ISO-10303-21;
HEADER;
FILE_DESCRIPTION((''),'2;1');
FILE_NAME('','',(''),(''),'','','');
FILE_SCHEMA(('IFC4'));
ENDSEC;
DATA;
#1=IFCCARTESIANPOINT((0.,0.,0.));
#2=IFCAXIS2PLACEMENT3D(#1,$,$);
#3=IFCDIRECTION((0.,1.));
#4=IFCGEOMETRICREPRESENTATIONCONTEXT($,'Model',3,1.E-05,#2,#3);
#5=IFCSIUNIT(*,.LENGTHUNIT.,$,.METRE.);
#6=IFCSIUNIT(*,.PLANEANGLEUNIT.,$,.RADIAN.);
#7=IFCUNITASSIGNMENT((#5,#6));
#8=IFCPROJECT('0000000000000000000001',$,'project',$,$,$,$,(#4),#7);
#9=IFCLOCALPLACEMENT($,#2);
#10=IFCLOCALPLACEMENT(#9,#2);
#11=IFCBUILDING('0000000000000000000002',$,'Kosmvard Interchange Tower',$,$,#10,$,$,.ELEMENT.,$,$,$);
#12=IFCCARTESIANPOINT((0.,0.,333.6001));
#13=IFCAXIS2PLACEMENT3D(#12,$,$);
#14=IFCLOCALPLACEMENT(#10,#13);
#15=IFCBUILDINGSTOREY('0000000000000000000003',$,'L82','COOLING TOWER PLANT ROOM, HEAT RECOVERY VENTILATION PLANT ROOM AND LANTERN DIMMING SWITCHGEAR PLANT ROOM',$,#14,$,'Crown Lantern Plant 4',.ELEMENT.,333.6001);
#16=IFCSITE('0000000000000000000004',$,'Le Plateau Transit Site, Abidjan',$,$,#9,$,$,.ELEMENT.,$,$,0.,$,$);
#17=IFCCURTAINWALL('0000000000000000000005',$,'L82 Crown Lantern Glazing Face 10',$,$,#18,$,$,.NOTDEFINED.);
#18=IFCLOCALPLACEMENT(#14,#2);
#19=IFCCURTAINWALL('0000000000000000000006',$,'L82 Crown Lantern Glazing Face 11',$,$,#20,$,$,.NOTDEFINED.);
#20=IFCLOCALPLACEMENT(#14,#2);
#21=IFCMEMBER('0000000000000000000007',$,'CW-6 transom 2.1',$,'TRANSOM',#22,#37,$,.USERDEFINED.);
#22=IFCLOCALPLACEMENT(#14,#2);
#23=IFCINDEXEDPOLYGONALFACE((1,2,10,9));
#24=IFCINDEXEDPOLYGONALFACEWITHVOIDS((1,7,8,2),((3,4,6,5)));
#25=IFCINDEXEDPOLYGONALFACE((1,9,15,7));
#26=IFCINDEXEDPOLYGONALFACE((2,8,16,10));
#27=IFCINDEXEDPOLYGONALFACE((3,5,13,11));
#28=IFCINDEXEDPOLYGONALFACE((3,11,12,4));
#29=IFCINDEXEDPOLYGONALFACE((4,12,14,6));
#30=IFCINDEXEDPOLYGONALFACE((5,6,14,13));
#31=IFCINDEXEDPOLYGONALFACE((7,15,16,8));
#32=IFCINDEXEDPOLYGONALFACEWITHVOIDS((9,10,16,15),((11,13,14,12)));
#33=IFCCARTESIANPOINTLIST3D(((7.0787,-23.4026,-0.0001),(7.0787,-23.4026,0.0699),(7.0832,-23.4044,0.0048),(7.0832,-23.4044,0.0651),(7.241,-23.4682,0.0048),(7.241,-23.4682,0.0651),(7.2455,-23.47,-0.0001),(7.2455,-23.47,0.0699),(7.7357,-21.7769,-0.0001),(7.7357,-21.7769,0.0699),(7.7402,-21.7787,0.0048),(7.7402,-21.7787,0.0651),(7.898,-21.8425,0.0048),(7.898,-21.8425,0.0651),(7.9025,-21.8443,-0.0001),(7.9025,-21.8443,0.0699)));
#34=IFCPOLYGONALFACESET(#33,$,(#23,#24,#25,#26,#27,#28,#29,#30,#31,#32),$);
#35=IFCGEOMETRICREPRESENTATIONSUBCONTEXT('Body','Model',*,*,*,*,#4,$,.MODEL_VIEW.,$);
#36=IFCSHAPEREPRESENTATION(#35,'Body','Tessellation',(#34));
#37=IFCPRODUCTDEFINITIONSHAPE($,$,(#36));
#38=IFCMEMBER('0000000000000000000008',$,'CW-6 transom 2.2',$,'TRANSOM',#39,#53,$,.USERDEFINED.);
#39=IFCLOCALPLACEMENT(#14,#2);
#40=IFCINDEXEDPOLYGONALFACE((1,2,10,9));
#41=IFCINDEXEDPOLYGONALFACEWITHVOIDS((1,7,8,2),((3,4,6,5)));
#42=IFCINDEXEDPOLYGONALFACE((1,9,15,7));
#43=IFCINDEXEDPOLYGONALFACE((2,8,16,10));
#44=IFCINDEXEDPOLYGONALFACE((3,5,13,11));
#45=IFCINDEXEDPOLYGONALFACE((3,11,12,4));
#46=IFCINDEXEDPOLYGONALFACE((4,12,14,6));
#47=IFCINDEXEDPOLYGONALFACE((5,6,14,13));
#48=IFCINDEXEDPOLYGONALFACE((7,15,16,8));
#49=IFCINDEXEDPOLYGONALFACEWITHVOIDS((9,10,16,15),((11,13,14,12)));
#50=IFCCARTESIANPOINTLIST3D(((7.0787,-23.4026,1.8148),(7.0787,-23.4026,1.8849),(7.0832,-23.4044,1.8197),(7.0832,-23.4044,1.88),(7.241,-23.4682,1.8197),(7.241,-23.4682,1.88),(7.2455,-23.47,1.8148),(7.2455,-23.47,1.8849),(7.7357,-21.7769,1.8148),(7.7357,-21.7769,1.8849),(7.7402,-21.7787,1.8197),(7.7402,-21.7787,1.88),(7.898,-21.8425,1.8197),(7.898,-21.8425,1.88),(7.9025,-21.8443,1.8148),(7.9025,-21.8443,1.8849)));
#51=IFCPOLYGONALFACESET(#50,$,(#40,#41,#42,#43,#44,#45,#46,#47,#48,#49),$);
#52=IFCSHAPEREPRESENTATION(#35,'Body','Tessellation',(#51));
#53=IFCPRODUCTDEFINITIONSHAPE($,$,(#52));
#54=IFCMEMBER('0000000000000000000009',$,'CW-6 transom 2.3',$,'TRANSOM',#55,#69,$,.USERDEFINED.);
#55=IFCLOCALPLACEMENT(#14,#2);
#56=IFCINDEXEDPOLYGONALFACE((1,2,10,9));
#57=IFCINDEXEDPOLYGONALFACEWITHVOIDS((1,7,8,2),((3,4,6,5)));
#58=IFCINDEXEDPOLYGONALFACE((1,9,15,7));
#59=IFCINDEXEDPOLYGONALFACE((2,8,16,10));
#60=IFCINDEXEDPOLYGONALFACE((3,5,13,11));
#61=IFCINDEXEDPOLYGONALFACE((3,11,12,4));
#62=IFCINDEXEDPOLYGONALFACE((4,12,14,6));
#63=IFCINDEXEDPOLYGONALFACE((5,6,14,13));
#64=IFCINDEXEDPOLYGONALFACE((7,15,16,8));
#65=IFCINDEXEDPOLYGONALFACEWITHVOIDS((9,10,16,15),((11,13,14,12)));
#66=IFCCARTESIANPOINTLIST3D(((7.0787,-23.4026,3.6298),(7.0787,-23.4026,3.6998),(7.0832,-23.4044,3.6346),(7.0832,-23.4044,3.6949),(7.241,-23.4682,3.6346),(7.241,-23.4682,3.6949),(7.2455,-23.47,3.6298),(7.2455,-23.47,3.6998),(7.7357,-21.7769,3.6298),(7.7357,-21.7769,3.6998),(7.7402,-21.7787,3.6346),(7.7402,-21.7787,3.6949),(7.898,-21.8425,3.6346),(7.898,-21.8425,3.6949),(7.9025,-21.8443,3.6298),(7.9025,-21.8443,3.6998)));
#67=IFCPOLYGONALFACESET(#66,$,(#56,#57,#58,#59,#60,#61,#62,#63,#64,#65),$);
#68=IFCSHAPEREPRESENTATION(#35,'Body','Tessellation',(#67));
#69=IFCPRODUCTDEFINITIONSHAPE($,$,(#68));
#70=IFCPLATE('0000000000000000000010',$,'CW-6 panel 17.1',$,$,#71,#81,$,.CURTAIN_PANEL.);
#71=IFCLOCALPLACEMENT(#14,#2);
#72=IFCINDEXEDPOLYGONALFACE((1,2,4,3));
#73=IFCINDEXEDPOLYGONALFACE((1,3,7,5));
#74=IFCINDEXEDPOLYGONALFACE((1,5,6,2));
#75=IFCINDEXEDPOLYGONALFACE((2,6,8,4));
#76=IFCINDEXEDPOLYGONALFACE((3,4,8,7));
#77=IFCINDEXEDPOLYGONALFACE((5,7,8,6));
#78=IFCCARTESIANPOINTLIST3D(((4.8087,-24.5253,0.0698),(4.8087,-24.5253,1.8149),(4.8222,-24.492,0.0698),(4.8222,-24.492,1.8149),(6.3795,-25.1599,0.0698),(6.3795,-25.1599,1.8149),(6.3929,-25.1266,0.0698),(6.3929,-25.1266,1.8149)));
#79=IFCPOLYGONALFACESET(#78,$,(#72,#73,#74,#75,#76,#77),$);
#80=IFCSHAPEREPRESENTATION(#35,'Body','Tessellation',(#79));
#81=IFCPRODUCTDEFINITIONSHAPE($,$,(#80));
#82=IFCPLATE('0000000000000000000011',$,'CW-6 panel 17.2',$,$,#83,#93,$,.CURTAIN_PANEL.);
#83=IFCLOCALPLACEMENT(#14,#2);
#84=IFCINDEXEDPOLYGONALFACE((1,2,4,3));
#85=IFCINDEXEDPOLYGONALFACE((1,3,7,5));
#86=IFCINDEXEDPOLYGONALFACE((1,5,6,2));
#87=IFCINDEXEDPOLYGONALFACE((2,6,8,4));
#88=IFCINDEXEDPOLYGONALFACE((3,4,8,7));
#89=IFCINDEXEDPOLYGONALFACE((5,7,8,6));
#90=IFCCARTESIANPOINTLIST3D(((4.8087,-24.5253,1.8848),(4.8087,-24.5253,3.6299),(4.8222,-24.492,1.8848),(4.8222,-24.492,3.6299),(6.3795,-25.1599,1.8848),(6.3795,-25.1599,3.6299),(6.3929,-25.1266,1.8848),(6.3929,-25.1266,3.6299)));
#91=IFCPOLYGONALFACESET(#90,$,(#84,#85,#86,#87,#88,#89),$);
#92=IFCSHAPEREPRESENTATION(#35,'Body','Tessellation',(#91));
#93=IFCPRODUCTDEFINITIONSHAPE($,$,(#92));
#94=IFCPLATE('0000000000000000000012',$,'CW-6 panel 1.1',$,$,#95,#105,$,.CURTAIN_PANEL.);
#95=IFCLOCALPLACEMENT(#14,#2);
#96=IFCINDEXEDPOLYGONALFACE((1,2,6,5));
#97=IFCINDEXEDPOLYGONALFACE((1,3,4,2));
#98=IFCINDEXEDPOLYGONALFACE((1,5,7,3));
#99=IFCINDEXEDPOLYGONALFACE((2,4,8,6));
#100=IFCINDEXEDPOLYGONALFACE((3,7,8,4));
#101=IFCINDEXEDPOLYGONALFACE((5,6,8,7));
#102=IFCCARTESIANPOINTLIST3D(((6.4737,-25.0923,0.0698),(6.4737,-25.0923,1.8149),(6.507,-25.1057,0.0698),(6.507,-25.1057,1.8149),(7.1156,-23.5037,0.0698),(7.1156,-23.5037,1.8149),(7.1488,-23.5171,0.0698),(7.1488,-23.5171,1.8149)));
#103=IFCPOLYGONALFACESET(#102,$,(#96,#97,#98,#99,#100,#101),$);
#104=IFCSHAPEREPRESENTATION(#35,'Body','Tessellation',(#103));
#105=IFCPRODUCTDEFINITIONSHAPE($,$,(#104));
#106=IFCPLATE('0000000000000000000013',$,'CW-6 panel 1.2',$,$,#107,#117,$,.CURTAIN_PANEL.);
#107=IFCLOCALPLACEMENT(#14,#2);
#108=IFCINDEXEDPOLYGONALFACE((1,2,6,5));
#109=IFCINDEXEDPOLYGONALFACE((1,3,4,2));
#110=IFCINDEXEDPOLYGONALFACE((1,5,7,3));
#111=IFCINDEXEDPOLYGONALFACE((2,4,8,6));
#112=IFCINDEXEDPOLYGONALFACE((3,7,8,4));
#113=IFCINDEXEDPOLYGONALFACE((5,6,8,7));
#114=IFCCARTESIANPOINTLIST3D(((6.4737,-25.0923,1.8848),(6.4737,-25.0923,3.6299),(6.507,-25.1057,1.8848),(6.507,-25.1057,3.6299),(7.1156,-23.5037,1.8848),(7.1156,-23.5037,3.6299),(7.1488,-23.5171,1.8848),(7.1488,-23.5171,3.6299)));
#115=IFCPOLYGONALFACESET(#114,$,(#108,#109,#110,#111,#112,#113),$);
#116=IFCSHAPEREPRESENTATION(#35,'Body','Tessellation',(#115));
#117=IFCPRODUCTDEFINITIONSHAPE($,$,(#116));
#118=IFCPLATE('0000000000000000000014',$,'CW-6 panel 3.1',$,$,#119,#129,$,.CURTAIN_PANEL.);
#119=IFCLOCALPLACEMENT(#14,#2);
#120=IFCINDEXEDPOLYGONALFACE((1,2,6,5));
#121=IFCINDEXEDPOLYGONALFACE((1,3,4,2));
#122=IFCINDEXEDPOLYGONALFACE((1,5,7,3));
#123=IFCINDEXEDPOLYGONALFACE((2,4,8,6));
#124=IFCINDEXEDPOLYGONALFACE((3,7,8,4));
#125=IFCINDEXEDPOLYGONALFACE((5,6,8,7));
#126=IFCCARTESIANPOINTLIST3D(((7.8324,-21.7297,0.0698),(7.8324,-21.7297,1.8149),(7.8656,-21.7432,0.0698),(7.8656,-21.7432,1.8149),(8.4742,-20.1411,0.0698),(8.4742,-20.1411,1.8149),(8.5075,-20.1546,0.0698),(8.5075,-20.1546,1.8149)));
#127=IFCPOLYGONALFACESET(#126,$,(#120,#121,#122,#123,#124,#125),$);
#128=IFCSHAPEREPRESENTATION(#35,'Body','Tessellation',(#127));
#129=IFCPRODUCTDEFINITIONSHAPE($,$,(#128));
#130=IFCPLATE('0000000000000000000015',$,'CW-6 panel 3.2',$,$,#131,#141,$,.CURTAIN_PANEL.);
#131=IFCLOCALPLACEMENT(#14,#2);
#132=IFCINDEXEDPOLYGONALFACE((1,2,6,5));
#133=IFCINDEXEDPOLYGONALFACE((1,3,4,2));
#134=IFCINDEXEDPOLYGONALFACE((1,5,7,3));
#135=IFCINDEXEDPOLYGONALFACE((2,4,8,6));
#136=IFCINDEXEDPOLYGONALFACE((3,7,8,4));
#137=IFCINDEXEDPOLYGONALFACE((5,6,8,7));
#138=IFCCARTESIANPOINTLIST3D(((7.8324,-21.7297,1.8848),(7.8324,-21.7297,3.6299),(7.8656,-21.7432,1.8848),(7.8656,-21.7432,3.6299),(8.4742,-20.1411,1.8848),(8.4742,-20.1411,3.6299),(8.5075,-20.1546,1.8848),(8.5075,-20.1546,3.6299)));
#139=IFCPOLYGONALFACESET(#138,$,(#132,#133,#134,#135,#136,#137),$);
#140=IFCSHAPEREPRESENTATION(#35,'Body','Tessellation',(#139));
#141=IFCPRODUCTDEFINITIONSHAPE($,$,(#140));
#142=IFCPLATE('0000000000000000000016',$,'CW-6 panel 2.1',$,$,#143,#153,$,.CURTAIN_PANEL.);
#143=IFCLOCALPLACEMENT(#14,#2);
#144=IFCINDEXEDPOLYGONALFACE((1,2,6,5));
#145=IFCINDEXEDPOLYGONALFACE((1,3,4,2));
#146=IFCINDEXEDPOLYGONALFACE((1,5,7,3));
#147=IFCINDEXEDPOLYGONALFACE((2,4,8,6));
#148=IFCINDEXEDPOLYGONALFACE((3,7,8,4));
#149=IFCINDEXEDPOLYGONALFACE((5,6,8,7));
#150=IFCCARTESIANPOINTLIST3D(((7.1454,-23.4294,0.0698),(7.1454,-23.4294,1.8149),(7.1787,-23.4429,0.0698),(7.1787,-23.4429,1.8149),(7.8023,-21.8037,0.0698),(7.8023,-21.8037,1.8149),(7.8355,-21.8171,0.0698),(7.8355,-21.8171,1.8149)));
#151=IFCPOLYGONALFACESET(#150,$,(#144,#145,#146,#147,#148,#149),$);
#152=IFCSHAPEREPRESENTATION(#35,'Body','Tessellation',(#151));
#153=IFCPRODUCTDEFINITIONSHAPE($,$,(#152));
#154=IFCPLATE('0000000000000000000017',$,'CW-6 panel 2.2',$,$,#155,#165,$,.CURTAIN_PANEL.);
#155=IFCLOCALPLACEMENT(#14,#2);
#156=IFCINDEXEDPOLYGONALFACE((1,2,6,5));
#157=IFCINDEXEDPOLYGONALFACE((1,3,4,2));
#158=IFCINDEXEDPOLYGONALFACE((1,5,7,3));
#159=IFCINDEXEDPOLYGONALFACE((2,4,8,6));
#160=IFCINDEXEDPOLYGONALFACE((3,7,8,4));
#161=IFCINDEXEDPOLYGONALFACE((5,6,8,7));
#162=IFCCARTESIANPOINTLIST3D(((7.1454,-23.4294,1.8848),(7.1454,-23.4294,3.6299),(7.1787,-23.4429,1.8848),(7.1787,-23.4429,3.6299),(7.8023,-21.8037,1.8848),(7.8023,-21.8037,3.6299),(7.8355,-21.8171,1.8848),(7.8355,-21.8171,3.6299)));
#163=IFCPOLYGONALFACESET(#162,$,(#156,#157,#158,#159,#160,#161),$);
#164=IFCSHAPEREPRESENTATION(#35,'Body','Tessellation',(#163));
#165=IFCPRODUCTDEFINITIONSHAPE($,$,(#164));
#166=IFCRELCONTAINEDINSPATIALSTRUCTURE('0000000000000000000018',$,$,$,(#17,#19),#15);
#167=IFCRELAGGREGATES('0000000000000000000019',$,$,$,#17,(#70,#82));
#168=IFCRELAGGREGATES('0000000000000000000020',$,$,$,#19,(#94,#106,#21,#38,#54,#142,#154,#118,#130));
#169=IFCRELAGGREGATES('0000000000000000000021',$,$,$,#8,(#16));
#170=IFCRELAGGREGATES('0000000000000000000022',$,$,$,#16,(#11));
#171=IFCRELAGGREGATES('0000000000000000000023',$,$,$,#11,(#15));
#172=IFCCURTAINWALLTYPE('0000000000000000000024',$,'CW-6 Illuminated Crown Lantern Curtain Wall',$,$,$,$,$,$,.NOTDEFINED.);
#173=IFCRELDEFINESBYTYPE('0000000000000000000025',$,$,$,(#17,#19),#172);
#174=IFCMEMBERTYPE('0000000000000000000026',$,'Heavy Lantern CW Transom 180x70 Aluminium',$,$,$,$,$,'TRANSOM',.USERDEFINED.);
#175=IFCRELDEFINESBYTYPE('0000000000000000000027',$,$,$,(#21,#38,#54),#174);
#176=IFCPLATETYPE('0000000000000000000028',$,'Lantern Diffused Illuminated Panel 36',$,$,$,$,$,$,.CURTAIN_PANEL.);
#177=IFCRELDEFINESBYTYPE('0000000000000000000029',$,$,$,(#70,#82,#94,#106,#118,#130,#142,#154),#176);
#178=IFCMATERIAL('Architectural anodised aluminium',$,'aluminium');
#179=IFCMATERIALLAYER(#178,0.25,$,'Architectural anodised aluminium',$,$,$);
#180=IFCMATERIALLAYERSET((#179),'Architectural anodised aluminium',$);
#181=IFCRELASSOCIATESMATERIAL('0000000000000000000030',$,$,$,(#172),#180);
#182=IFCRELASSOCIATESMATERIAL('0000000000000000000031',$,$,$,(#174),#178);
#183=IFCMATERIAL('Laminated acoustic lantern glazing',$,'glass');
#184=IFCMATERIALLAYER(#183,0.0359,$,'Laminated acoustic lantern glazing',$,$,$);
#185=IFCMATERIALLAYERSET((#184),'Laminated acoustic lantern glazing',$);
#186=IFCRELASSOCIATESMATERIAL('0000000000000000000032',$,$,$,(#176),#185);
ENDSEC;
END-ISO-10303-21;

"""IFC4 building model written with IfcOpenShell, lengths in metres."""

from ifc_helpers import new_model, si_unit, direction, frame, origin, origin_2d, place, context, subcontext, project, spatial, rectangle, hollow_rectangle, extrude, source, transform, mapped, material, layer, layer_set, material_profile, profile_set, type_object, element, aggregate, save


model = new_model("IFC4")

# Units and contexts
model_context = context("Model", 3, precision=1e-05, world=origin(), true_north=direction((0.0, 1.0)))
body_context = subcontext(model_context, "Body", "Model", "MODEL_VIEW")
ifc_project = project(units=[si_unit("LENGTHUNIT", "METRE"), si_unit("PLANEANGLEUNIT", "RADIAN")], contexts=[model_context])

# Site, building, storey
site_placement = place(None, origin())
site = spatial("IfcSite", under=ifc_project, at=site_placement, Name="Le Plateau Transit Site, Abidjan", CompositionType="ELEMENT", RefElevation=0.0)
building_placement = place(site_placement, origin())
building = spatial("IfcBuilding", under=site, at=building_placement, Name="Kosmvard Interchange Tower", CompositionType="ELEMENT")
storey_placement = place(building_placement, frame((0.0, 0.0, 333.6001)))
storey = spatial("IfcBuildingStorey", under=building, at=storey_placement, Name="L82", Description="COOLING TOWER PLANT ROOM, HEAT RECOVERY VENTILATION PLANT ROOM AND LANTERN DIMMING SWITCHGEAR PLANT ROOM", LongName="Crown Lantern Plant 4", CompositionType="ELEMENT", Elevation=333.6001)

# Curtain wall
ifc_material_1 = material(Name="Architectural anodised aluminium", Category="aluminium")
ifc_layer_1 = layer(ifc_material_1, 0.25, Name="Architectural anodised aluminium")
ifc_layer_set_1 = layer_set([ifc_layer_1], Name="Architectural anodised aluminium")
curtain_wall_type = type_object("IfcCurtainWallType", Name="CW-6 Illuminated Crown Lantern Curtain Wall", PredefinedType="NOTDEFINED", material=ifc_layer_set_1)
curtain_wall_1_placement = place(storey_placement, origin())
curtain_wall_1 = element("IfcCurtainWall", 1, at=curtain_wall_1_placement, inside=storey, type_object=curtain_wall_type, Name="L82 Crown Lantern Glazing Face 10", PredefinedType="NOTDEFINED")

# Curtain wall, members
curtain_wall_2_placement = place(storey_placement, origin())
curtain_wall_2 = element("IfcCurtainWall", 2, at=curtain_wall_2_placement, inside=storey, type_object=curtain_wall_type, Name="L82 Crown Lantern Glazing Face 11", PredefinedType="NOTDEFINED")
ifc_material_profile_1 = material_profile(ifc_material_1, hollow_rectangle(XDim=0.1799, YDim=0.0701, WallThickness=0.0049, at=origin_2d()), Name="CWT 180x70x5")
ifc_profile_set_1 = profile_set([ifc_material_profile_1], Name="Architectural anodised aluminium")
member_type_1 = type_object("IfcMemberType", Name="Heavy Lantern CW Transom 180x70 Aluminium", ElementType="TRANSOM", PredefinedType="USERDEFINED", material=ifc_profile_set_1)
shared_shape_1 = source(origin(), body_context, "Body", "SweptSolid", [
    extrude(hollow_rectangle(XDim=0.1799, YDim=0.0701, WallThickness=0.0049, at=origin_2d()), origin(), (0.0, 0.0, 1.0), 1.7534),
])
member_1_placement = place(storey_placement, frame((7.1621, -23.4363, 0.0349), z_axis=(0.374677, 0.927155, 0.0), x_axis=(-0.927155, 0.374677, 0.0)))
member_1 = element("IfcMember", 3, at=member_1_placement, type_object=member_type_1, Name="CW-6 transom 2.1", ObjectType="TRANSOM", PredefinedType="USERDEFINED", context=body_context, shape_type="MappedRepresentation", body=[
    mapped(shared_shape_1, transform((0.0, 0.0, 0.0), scale=1.0)),
])
member_2_placement = place(storey_placement, frame((7.1621, -23.4363, 1.8499), z_axis=(0.374677, 0.927155, 0.0), x_axis=(-0.927155, 0.374677, 0.0)))
member_2 = element("IfcMember", 4, at=member_2_placement, type_object=member_type_1, Name="CW-6 transom 2.2", ObjectType="TRANSOM", PredefinedType="USERDEFINED", context=body_context, shape_type="MappedRepresentation", body=[
    mapped(shared_shape_1, transform((0.0, 0.0, 0.0), scale=1.0)),
])
member_3_placement = place(storey_placement, frame((7.1621, -23.4363, 3.6648), z_axis=(0.374677, 0.927155, 0.0), x_axis=(-0.927155, 0.374677, 0.0)))
member_3 = element("IfcMember", 5, at=member_3_placement, type_object=member_type_1, Name="CW-6 transom 2.3", ObjectType="TRANSOM", PredefinedType="USERDEFINED", context=body_context, shape_type="MappedRepresentation", body=[
    mapped(shared_shape_1, transform((0.0, 0.0, 0.0), scale=1.0)),
])

# Plates
ifc_material_2 = material(Name="Laminated acoustic lantern glazing", Category="glass")
ifc_layer_2 = layer(ifc_material_2, 0.0359, Name="Laminated acoustic lantern glazing")
ifc_layer_set_2 = layer_set([ifc_layer_2], Name="Laminated acoustic lantern glazing")
plate_type = type_object("IfcPlateType", Name="Lantern Diffused Illuminated Panel 36", PredefinedType="CURTAIN_PANEL", material=ifc_layer_set_2)
shared_shape_2 = source(origin(), body_context, "Body", "SweptSolid", [
    extrude(rectangle(XDim=1.6941, YDim=0.0359, at=origin_2d()), origin(), (0.0, 0.0, 1.0), 1.7451),
])
plate_1_placement = place(storey_placement, frame((5.6008, -24.8259, 0.0698), z_axis=(0.0, 0.0, 1.0), x_axis=(0.927184, -0.374607, 0.0)))
plate_1 = element("IfcPlate", 6, at=plate_1_placement, type_object=plate_type, Name="CW-6 panel 17.1", PredefinedType="CURTAIN_PANEL", context=body_context, shape_type="MappedRepresentation", body=[
    mapped(shared_shape_2, transform((0.0, 0.0, 0.0), scale=1.0)),
])
plate_2_placement = place(storey_placement, frame((5.6008, -24.8259, 1.8848), z_axis=(0.0, 0.0, 1.0), x_axis=(0.927184, -0.374607, 0.0)))
plate_2 = element("IfcPlate", 7, at=plate_2_placement, type_object=plate_type, Name="CW-6 panel 17.2", PredefinedType="CURTAIN_PANEL", context=body_context, shape_type="MappedRepresentation", body=[
    mapped(shared_shape_2, transform((0.0, 0.0, 0.0), scale=1.0)),
])
aggregate(curtain_wall_1, [plate_1, plate_2])
shared_shape_3 = source(origin(), body_context, "Body", "SweptSolid", [
    extrude(rectangle(XDim=1.7134, YDim=0.0359, at=origin_2d()), origin(), (0.0, 0.0, 1.0), 1.7451),
])
plate_3_placement = place(storey_placement, frame((6.8113, -24.3047, 0.0698), z_axis=(0.0, 0.0, 1.0), x_axis=(0.374607, 0.927184, 0.0)))
plate_3 = element("IfcPlate", 8, at=plate_3_placement, type_object=plate_type, Name="CW-6 panel 1.1", PredefinedType="CURTAIN_PANEL", context=body_context, shape_type="MappedRepresentation", body=[
    mapped(shared_shape_3, transform((0.0, 0.0, 0.0), scale=1.0)),
])
plate_4_placement = place(storey_placement, frame((6.8113, -24.3047, 1.8848), z_axis=(0.0, 0.0, 1.0), x_axis=(0.374607, 0.927184, 0.0)))
plate_4 = element("IfcPlate", 9, at=plate_4_placement, type_object=plate_type, Name="CW-6 panel 1.2", PredefinedType="CURTAIN_PANEL", context=body_context, shape_type="MappedRepresentation", body=[
    mapped(shared_shape_3, transform((0.0, 0.0, 0.0), scale=1.0)),
])
plate_5_placement = place(storey_placement, frame((8.1699, -20.9421, 0.0698), z_axis=(0.0, 0.0, 1.0), x_axis=(0.374607, 0.927184, 0.0)))
plate_5 = element("IfcPlate", 10, at=plate_5_placement, type_object=plate_type, Name="CW-6 panel 3.1", PredefinedType="CURTAIN_PANEL", context=body_context, shape_type="MappedRepresentation", body=[
    mapped(shared_shape_3, transform((0.0, 0.0, 0.0), scale=1.0)),
])
plate_6_placement = place(storey_placement, frame((8.1699, -20.9421, 1.8848), z_axis=(0.0, 0.0, 1.0), x_axis=(0.374607, 0.927184, 0.0)))
plate_6 = element("IfcPlate", 11, at=plate_6_placement, type_object=plate_type, Name="CW-6 panel 3.2", PredefinedType="CURTAIN_PANEL", context=body_context, shape_type="MappedRepresentation", body=[
    mapped(shared_shape_3, transform((0.0, 0.0, 0.0), scale=1.0)),
])
shared_shape_4 = source(origin(), body_context, "Body", "SweptSolid", [
    extrude(rectangle(XDim=1.7534, YDim=0.0359, at=origin_2d()), origin(), (0.0, 0.0, 1.0), 1.7451),
])
plate_7_placement = place(storey_placement, frame((7.4905, -22.6233, 0.0698), z_axis=(0.0, 0.0, 1.0), x_axis=(0.374607, 0.927184, 0.0)))
plate_7 = element("IfcPlate", 12, at=plate_7_placement, type_object=plate_type, Name="CW-6 panel 2.1", PredefinedType="CURTAIN_PANEL", context=body_context, shape_type="MappedRepresentation", body=[
    mapped(shared_shape_4, transform((0.0, 0.0, 0.0), scale=1.0)),
])
plate_8_placement = place(storey_placement, frame((7.4905, -22.6233, 1.8848), z_axis=(0.0, 0.0, 1.0), x_axis=(0.374607, 0.927184, 0.0)))
plate_8 = element("IfcPlate", 13, at=plate_8_placement, type_object=plate_type, Name="CW-6 panel 2.2", PredefinedType="CURTAIN_PANEL", context=body_context, shape_type="MappedRepresentation", body=[
    mapped(shared_shape_4, transform((0.0, 0.0, 0.0), scale=1.0)),
])
aggregate(curtain_wall_2, [plate_3, plate_4, member_1, member_2, member_3, plate_7, plate_8, plate_5, plate_6])

save(model, "model.ifc")
